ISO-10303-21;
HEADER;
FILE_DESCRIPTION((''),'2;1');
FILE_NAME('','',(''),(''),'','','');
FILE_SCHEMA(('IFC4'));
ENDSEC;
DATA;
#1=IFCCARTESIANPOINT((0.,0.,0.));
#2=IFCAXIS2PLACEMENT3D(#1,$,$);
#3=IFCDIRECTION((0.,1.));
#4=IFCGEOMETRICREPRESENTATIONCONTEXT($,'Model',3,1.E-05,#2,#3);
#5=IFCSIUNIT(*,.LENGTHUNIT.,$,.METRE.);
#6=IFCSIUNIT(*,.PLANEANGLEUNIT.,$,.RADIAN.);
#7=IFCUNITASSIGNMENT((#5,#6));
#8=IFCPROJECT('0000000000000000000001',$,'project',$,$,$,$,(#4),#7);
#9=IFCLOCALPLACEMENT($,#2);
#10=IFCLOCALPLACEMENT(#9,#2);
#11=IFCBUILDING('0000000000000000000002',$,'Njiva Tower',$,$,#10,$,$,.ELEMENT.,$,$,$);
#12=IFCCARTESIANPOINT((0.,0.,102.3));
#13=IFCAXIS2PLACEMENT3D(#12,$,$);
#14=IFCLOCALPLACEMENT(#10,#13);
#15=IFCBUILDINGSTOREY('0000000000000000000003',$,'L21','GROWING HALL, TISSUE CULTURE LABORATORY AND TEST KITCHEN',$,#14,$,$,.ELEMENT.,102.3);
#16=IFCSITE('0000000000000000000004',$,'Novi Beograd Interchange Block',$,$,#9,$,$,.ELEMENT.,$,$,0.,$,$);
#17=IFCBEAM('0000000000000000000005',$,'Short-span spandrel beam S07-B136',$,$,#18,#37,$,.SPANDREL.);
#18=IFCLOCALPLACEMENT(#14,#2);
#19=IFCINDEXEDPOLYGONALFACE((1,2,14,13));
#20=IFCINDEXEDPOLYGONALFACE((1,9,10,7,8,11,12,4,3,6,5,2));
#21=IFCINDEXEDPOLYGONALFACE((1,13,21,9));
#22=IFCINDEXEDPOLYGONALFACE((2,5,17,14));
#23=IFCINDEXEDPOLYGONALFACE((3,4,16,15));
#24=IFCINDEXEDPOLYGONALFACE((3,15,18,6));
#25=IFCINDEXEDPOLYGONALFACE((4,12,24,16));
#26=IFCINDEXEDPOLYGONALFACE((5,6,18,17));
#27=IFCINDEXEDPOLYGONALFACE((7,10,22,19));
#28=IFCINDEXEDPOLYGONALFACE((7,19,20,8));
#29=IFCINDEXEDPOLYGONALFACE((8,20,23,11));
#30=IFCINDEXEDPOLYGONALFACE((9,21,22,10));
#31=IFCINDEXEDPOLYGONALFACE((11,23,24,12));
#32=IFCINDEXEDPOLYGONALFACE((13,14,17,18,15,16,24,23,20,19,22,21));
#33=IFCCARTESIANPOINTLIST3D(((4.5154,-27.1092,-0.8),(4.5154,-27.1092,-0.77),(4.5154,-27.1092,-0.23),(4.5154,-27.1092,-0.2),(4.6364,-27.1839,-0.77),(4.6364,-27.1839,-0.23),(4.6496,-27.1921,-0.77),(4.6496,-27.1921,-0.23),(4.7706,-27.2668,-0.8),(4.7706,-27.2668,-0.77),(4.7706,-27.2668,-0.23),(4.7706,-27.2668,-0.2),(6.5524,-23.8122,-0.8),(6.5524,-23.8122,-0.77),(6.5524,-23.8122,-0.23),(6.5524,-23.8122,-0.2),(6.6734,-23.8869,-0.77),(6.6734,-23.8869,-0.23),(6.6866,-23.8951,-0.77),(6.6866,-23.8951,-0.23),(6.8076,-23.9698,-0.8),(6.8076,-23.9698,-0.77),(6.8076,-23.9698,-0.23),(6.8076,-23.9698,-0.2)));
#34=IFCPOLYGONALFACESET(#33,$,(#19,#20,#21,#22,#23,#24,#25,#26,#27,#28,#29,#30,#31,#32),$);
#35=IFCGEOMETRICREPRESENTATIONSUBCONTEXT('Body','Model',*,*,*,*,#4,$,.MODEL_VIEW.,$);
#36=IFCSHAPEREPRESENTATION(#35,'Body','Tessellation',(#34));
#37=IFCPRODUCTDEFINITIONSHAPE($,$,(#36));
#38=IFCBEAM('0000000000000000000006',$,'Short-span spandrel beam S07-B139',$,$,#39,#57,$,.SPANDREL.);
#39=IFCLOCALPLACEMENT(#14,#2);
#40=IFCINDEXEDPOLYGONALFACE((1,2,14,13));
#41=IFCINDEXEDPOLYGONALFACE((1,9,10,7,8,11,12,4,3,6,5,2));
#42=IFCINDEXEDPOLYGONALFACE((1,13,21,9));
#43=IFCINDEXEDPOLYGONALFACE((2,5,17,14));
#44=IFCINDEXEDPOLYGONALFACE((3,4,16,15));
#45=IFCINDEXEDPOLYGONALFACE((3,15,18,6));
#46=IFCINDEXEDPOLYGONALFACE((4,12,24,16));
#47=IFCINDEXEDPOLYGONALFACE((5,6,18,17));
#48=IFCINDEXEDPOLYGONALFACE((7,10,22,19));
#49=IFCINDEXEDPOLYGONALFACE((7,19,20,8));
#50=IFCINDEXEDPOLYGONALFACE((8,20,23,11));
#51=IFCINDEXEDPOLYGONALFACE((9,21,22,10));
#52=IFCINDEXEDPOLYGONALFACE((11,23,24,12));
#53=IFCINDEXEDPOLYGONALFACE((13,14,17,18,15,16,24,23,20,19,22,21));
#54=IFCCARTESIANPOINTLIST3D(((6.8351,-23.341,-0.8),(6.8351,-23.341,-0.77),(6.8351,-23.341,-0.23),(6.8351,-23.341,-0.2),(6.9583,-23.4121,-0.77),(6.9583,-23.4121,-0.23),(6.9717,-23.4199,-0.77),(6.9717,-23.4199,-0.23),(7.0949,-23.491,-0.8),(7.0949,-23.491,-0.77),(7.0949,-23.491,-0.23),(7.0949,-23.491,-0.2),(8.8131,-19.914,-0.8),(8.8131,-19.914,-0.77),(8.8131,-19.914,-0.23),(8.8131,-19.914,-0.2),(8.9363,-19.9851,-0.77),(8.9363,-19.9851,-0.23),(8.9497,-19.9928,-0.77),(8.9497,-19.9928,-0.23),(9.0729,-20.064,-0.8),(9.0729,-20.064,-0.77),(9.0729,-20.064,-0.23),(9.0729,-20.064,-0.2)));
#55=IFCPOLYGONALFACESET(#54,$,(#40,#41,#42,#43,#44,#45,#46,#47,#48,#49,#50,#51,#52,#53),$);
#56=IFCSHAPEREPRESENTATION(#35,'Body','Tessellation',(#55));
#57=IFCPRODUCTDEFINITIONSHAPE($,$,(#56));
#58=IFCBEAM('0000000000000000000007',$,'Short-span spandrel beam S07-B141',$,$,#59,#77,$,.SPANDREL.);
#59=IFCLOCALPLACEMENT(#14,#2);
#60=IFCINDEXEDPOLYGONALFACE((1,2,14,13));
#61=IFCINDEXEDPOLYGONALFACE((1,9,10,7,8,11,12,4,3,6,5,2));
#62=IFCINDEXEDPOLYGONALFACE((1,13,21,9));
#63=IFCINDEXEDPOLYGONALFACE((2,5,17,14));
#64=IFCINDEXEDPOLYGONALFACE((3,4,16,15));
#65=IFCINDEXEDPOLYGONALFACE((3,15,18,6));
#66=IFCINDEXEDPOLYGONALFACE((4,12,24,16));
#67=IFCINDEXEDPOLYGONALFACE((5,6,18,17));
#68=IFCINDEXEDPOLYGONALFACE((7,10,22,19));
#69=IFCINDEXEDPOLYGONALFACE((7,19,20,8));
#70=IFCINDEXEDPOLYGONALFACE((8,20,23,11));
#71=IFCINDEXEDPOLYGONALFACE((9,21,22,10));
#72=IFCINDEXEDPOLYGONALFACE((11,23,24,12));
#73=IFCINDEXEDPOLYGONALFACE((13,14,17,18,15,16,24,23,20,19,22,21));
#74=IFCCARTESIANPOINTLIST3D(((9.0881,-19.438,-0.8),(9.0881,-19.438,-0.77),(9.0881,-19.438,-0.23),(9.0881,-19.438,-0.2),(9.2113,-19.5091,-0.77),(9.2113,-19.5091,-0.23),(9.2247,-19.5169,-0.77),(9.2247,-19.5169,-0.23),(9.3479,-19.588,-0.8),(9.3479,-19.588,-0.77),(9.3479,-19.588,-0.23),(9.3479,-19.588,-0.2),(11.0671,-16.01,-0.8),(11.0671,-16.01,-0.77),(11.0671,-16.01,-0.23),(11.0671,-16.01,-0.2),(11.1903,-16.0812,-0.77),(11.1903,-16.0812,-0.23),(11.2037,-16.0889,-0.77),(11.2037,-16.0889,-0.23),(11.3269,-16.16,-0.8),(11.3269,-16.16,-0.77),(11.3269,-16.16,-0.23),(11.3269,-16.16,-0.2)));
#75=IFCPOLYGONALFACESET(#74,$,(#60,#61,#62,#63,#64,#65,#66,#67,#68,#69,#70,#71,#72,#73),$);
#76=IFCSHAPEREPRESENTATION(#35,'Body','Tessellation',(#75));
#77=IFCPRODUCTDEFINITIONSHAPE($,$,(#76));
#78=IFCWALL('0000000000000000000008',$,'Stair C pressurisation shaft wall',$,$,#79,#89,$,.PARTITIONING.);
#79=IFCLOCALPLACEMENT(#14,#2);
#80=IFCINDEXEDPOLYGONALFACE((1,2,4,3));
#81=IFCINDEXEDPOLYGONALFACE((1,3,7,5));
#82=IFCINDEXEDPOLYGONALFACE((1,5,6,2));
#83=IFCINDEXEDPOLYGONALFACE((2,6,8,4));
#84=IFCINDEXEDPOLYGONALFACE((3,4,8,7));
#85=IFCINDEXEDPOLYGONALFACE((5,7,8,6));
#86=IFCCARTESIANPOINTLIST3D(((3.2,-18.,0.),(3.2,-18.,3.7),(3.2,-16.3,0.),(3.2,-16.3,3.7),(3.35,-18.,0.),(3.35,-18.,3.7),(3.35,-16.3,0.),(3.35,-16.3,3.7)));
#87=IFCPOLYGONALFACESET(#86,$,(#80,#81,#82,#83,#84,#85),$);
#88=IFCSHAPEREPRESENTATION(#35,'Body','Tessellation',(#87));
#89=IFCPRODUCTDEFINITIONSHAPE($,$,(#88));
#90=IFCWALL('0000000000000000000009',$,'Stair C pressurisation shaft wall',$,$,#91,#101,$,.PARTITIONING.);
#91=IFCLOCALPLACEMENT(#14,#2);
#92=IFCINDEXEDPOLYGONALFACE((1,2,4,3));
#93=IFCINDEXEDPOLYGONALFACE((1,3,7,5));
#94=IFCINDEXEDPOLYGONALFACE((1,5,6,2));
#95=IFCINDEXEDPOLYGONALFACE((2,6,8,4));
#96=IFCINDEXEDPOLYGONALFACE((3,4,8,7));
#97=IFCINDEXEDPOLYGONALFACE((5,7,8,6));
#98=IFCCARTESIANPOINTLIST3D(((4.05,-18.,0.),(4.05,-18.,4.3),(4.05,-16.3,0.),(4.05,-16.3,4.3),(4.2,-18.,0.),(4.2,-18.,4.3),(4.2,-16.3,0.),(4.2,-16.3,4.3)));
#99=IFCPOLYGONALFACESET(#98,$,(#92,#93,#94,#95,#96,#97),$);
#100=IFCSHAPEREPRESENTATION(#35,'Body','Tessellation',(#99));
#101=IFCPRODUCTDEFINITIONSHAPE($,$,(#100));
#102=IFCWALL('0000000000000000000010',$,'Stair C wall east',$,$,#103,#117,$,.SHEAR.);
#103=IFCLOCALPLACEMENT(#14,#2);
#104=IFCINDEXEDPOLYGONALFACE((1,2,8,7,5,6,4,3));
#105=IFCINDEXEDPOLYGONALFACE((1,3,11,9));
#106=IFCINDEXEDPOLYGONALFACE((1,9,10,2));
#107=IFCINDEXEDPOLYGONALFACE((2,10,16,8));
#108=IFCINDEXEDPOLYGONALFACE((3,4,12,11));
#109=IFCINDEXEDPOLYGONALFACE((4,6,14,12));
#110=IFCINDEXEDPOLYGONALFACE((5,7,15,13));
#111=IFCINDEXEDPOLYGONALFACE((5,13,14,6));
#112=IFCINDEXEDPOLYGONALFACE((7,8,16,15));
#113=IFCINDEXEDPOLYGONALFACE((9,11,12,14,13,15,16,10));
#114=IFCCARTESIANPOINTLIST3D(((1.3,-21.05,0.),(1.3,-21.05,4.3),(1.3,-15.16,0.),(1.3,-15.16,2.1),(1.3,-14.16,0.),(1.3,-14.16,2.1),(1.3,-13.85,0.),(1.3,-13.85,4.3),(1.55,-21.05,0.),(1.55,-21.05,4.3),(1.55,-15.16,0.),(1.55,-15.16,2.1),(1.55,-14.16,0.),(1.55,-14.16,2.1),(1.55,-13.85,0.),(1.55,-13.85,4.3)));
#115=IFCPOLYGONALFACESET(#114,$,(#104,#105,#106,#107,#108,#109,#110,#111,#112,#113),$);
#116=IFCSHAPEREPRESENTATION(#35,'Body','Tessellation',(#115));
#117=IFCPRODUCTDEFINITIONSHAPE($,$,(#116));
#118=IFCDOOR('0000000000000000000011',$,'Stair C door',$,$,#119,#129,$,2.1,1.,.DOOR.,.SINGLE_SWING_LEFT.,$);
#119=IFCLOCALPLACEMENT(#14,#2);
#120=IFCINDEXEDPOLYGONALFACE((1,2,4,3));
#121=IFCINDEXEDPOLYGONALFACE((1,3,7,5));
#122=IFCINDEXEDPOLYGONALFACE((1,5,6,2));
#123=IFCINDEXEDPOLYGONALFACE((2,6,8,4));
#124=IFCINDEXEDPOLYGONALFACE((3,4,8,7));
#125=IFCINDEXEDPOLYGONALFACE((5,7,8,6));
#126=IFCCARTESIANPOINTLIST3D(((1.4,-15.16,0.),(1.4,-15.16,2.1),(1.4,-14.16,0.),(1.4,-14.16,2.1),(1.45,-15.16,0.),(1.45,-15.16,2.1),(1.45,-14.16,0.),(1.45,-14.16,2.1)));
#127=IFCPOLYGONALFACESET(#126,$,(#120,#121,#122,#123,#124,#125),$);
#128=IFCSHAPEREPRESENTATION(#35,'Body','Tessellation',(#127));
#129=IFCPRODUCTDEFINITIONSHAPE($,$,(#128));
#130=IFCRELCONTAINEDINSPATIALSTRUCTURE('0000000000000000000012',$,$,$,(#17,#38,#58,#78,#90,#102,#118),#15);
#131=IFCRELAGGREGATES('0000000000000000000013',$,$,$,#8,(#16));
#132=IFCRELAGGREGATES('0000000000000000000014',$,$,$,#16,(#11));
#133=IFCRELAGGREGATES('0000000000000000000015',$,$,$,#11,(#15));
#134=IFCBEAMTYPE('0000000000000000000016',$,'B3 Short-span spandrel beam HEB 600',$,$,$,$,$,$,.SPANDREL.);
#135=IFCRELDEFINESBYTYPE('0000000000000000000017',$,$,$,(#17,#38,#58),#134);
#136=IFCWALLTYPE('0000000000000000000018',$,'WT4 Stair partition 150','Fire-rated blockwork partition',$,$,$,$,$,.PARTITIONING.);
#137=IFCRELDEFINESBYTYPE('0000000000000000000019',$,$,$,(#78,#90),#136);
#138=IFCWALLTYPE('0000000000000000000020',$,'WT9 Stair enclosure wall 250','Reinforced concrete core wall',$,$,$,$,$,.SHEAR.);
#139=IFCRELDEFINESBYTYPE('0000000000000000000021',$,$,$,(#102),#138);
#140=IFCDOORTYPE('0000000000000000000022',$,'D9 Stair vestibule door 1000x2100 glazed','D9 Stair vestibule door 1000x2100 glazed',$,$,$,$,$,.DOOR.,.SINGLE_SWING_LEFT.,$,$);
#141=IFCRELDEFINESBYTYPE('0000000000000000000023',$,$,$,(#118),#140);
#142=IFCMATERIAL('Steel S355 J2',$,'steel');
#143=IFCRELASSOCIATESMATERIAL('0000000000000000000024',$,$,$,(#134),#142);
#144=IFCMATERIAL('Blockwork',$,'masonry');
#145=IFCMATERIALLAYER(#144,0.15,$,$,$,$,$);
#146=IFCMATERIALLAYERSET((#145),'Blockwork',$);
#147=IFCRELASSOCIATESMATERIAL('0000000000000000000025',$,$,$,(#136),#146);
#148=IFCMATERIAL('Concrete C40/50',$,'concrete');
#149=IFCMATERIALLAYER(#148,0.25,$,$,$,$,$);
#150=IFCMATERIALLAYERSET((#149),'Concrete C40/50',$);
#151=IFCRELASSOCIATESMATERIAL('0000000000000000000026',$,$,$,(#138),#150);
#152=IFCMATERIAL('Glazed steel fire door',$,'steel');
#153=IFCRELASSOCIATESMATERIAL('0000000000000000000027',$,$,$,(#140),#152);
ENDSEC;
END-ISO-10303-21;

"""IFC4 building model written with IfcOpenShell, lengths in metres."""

from ifc_helpers import new_model, si_unit, direction, frame, frame_2d, origin, origin_2d, place, context, subcontext, project, spatial, rectangle, i_section, extrude, material, layer, layer_set, material_profile, profile_set, type_object, element, fill, save


model = new_model("IFC4")

# Units and contexts
model_context = context("Model", 3, precision=1e-05, world=origin(), true_north=direction((0.0, 1.0)))
body_context = subcontext(model_context, "Body", "Model", "MODEL_VIEW")
ifc_project = project(units=[si_unit("LENGTHUNIT", "METRE"), si_unit("PLANEANGLEUNIT", "RADIAN")], contexts=[model_context])

# Site, building, storey
site_placement = place(None, origin())
site = spatial("IfcSite", under=ifc_project, at=site_placement, Name="Novi Beograd Interchange Block", CompositionType="ELEMENT", RefElevation=0.0)
building_placement = place(site_placement, origin())
building = spatial("IfcBuilding", under=site, at=building_placement, Name="Njiva Tower", CompositionType="ELEMENT")
storey_placement = place(building_placement, frame((0.0, 0.0, 102.3)))
storey = spatial("IfcBuildingStorey", under=building, at=storey_placement, Name="L21", Description="GROWING HALL, TISSUE CULTURE LABORATORY AND TEST KITCHEN", CompositionType="ELEMENT", Elevation=102.3)

# Shared definitions
ifc_material_1 = material(Name="Steel S355 J2", Category="steel")

# Beams
ifc_material_profile_1 = material_profile(ifc_material_1, i_section(OverallWidth=0.3, OverallDepth=0.6, WebThickness=0.0155, FlangeThickness=0.03, at=origin_2d()), Name="HEB 600")
ifc_profile_set_1 = profile_set([ifc_material_profile_1], Name="Steel S355 J2")
beam_type_1 = type_object("IfcBeamType", Name="B3 Short-span spandrel beam HEB 600", PredefinedType="SPANDREL", material=ifc_profile_set_1)
beam_1_placement = place(storey_placement, frame((4.643, -27.188, -0.5), z_axis=(0.525608, 0.850727, 0.0), x_axis=(-0.850727, 0.525608, 0.0)))
element("IfcBeam", 1, at=beam_1_placement, inside=storey, type_object=beam_type_1, Name="Short-span spandrel beam S07-B136", PredefinedType="SPANDREL", context=body_context, shape_type="SweptSolid", body=[
    extrude(i_section(OverallWidth=0.3, OverallDepth=0.6, WebThickness=0.0155, FlangeThickness=0.03, at=origin_2d()), origin(), (0.0, 0.0, 1.0), 3.8755),
])
beam_2_placement = place(storey_placement, frame((6.965, -23.416, -0.5), z_axis=(0.49989, 0.866089, 0.0), x_axis=(-0.866089, 0.49989, 0.0)))
element("IfcBeam", 2, at=beam_2_placement, inside=storey, type_object=beam_type_1, Name="Short-span spandrel beam S07-B139", PredefinedType="SPANDREL", context=body_context, shape_type="SweptSolid", body=[
    extrude(i_section(OverallWidth=0.3, OverallDepth=0.6, WebThickness=0.0155, FlangeThickness=0.03, at=origin_2d()), origin(), (0.0, 0.0, 1.0), 3.9569),
])
beam_3_placement = place(storey_placement, frame((9.218, -19.513, -0.5), z_axis=(0.49997, 0.866043, 0.0), x_axis=(-0.866043, 0.49997, 0.0)))
element("IfcBeam", 3, at=beam_3_placement, inside=storey, type_object=beam_type_1, Name="Short-span spandrel beam S07-B141", PredefinedType="SPANDREL", context=body_context, shape_type="SweptSolid", body=[
    extrude(i_section(OverallWidth=0.3, OverallDepth=0.6, WebThickness=0.0155, FlangeThickness=0.03, at=origin_2d()), origin(), (0.0, 0.0, 1.0), 3.9582),
])

# Walls
ifc_material_2 = material(Name="Blockwork", Category="masonry")
ifc_layer_1 = layer(ifc_material_2, 0.15)
ifc_layer_set_1 = layer_set([ifc_layer_1], Name="Blockwork")
wall_type_1 = type_object("IfcWallType", Name="WT4 Stair partition 150", Description="Fire-rated blockwork partition", PredefinedType="PARTITIONING", material=ifc_layer_set_1)
wall_1_placement = place(storey_placement, frame((3.275, -18.0, 0.0), z_axis=(0.0, 0.0, 1.0), x_axis=(0.0, 1.0, 0.0)))
element("IfcWall", 4, at=wall_1_placement, inside=storey, type_object=wall_type_1, Name="Stair C pressurisation shaft wall", PredefinedType="PARTITIONING", context=body_context, shape_type="SweptSolid", body=[
    extrude(rectangle(XDim=1.7, YDim=0.15, at=frame_2d((0.85, 0.0))), origin(), (0.0, 0.0, 1.0), 3.7),
])
wall_2_placement = place(storey_placement, frame((4.125, -18.0, 0.0), z_axis=(0.0, 0.0, 1.0), x_axis=(0.0, 1.0, 0.0)))
element("IfcWall", 5, at=wall_2_placement, inside=storey, type_object=wall_type_1, Name="Stair C pressurisation shaft wall", PredefinedType="PARTITIONING", context=body_context, shape_type="SweptSolid", body=[
    extrude(rectangle(XDim=1.7, YDim=0.15, at=frame_2d((0.85, 0.0))), origin(), (0.0, 0.0, 1.0), 4.3),
])

# Wall, opening, door
ifc_material_3 = material(Name="Concrete C40/50", Category="concrete")
ifc_layer_2 = layer(ifc_material_3, 0.25)
ifc_layer_set_2 = layer_set([ifc_layer_2], Name="Concrete C40/50")
wall_type_2 = type_object("IfcWallType", Name="WT9 Stair enclosure wall 250", Description="Reinforced concrete core wall", PredefinedType="SHEAR", material=ifc_layer_set_2)
wall_3_placement = place(storey_placement, frame((1.425, -21.05, 0.0), z_axis=(0.0, 0.0, 1.0), x_axis=(0.0, 1.0, 0.0)))
wall_3 = element("IfcWall", 6, at=wall_3_placement, inside=storey, type_object=wall_type_2, Name="Stair C wall east", PredefinedType="SHEAR", context=body_context, shape_type="SweptSolid", body=[
    extrude(rectangle(XDim=7.2, YDim=0.25, at=frame_2d((3.6, 0.0))), origin(), (0.0, 0.0, 1.0), 4.3),
])
opening_1_placement = place(wall_3_placement, frame((5.89, 0.0, 0.0)))
opening_1 = element("IfcOpeningElement", 7, at=opening_1_placement, cuts=wall_3, PredefinedType="OPENING", context=body_context, shape_type="SweptSolid", body=[
    extrude(rectangle(XDim=1.0, YDim=2.1, at=frame_2d((0.5, 1.05))), frame((0.0, 0.135, 0.0), z_axis=(0.0, -1.0, 0.0), x_axis=(1.0, 0.0, 0.0)), (0.0, 0.0, 1.0), 0.27),
])
ifc_material_4 = material(Name="Glazed steel fire door", Category="steel")
door_type = type_object("IfcDoorType", Name="D9 Stair vestibule door 1000x2100 glazed", Description="D9 Stair vestibule door 1000x2100 glazed", OperationType="SINGLE_SWING_LEFT", PredefinedType="DOOR", material=ifc_material_4)
door_placement = place(opening_1_placement, origin())
door = element("IfcDoor", 8, at=door_placement, inside=storey, type_object=door_type, Name="Stair C door", OperationType="SINGLE_SWING_LEFT", OverallHeight=2.1, OverallWidth=1.0, PredefinedType="DOOR", context=body_context, shape_type="SweptSolid", body=[
    extrude(rectangle(XDim=1.0, YDim=2.1, at=frame_2d((0.5, 1.05))), frame((0.0, 0.025, 0.0), z_axis=(0.0, -1.0, 0.0), x_axis=(1.0, 0.0, 0.0)), (0.0, 0.0, 1.0), 0.05),
])
fill(opening_1, door)

save(model, "model.ifc")
